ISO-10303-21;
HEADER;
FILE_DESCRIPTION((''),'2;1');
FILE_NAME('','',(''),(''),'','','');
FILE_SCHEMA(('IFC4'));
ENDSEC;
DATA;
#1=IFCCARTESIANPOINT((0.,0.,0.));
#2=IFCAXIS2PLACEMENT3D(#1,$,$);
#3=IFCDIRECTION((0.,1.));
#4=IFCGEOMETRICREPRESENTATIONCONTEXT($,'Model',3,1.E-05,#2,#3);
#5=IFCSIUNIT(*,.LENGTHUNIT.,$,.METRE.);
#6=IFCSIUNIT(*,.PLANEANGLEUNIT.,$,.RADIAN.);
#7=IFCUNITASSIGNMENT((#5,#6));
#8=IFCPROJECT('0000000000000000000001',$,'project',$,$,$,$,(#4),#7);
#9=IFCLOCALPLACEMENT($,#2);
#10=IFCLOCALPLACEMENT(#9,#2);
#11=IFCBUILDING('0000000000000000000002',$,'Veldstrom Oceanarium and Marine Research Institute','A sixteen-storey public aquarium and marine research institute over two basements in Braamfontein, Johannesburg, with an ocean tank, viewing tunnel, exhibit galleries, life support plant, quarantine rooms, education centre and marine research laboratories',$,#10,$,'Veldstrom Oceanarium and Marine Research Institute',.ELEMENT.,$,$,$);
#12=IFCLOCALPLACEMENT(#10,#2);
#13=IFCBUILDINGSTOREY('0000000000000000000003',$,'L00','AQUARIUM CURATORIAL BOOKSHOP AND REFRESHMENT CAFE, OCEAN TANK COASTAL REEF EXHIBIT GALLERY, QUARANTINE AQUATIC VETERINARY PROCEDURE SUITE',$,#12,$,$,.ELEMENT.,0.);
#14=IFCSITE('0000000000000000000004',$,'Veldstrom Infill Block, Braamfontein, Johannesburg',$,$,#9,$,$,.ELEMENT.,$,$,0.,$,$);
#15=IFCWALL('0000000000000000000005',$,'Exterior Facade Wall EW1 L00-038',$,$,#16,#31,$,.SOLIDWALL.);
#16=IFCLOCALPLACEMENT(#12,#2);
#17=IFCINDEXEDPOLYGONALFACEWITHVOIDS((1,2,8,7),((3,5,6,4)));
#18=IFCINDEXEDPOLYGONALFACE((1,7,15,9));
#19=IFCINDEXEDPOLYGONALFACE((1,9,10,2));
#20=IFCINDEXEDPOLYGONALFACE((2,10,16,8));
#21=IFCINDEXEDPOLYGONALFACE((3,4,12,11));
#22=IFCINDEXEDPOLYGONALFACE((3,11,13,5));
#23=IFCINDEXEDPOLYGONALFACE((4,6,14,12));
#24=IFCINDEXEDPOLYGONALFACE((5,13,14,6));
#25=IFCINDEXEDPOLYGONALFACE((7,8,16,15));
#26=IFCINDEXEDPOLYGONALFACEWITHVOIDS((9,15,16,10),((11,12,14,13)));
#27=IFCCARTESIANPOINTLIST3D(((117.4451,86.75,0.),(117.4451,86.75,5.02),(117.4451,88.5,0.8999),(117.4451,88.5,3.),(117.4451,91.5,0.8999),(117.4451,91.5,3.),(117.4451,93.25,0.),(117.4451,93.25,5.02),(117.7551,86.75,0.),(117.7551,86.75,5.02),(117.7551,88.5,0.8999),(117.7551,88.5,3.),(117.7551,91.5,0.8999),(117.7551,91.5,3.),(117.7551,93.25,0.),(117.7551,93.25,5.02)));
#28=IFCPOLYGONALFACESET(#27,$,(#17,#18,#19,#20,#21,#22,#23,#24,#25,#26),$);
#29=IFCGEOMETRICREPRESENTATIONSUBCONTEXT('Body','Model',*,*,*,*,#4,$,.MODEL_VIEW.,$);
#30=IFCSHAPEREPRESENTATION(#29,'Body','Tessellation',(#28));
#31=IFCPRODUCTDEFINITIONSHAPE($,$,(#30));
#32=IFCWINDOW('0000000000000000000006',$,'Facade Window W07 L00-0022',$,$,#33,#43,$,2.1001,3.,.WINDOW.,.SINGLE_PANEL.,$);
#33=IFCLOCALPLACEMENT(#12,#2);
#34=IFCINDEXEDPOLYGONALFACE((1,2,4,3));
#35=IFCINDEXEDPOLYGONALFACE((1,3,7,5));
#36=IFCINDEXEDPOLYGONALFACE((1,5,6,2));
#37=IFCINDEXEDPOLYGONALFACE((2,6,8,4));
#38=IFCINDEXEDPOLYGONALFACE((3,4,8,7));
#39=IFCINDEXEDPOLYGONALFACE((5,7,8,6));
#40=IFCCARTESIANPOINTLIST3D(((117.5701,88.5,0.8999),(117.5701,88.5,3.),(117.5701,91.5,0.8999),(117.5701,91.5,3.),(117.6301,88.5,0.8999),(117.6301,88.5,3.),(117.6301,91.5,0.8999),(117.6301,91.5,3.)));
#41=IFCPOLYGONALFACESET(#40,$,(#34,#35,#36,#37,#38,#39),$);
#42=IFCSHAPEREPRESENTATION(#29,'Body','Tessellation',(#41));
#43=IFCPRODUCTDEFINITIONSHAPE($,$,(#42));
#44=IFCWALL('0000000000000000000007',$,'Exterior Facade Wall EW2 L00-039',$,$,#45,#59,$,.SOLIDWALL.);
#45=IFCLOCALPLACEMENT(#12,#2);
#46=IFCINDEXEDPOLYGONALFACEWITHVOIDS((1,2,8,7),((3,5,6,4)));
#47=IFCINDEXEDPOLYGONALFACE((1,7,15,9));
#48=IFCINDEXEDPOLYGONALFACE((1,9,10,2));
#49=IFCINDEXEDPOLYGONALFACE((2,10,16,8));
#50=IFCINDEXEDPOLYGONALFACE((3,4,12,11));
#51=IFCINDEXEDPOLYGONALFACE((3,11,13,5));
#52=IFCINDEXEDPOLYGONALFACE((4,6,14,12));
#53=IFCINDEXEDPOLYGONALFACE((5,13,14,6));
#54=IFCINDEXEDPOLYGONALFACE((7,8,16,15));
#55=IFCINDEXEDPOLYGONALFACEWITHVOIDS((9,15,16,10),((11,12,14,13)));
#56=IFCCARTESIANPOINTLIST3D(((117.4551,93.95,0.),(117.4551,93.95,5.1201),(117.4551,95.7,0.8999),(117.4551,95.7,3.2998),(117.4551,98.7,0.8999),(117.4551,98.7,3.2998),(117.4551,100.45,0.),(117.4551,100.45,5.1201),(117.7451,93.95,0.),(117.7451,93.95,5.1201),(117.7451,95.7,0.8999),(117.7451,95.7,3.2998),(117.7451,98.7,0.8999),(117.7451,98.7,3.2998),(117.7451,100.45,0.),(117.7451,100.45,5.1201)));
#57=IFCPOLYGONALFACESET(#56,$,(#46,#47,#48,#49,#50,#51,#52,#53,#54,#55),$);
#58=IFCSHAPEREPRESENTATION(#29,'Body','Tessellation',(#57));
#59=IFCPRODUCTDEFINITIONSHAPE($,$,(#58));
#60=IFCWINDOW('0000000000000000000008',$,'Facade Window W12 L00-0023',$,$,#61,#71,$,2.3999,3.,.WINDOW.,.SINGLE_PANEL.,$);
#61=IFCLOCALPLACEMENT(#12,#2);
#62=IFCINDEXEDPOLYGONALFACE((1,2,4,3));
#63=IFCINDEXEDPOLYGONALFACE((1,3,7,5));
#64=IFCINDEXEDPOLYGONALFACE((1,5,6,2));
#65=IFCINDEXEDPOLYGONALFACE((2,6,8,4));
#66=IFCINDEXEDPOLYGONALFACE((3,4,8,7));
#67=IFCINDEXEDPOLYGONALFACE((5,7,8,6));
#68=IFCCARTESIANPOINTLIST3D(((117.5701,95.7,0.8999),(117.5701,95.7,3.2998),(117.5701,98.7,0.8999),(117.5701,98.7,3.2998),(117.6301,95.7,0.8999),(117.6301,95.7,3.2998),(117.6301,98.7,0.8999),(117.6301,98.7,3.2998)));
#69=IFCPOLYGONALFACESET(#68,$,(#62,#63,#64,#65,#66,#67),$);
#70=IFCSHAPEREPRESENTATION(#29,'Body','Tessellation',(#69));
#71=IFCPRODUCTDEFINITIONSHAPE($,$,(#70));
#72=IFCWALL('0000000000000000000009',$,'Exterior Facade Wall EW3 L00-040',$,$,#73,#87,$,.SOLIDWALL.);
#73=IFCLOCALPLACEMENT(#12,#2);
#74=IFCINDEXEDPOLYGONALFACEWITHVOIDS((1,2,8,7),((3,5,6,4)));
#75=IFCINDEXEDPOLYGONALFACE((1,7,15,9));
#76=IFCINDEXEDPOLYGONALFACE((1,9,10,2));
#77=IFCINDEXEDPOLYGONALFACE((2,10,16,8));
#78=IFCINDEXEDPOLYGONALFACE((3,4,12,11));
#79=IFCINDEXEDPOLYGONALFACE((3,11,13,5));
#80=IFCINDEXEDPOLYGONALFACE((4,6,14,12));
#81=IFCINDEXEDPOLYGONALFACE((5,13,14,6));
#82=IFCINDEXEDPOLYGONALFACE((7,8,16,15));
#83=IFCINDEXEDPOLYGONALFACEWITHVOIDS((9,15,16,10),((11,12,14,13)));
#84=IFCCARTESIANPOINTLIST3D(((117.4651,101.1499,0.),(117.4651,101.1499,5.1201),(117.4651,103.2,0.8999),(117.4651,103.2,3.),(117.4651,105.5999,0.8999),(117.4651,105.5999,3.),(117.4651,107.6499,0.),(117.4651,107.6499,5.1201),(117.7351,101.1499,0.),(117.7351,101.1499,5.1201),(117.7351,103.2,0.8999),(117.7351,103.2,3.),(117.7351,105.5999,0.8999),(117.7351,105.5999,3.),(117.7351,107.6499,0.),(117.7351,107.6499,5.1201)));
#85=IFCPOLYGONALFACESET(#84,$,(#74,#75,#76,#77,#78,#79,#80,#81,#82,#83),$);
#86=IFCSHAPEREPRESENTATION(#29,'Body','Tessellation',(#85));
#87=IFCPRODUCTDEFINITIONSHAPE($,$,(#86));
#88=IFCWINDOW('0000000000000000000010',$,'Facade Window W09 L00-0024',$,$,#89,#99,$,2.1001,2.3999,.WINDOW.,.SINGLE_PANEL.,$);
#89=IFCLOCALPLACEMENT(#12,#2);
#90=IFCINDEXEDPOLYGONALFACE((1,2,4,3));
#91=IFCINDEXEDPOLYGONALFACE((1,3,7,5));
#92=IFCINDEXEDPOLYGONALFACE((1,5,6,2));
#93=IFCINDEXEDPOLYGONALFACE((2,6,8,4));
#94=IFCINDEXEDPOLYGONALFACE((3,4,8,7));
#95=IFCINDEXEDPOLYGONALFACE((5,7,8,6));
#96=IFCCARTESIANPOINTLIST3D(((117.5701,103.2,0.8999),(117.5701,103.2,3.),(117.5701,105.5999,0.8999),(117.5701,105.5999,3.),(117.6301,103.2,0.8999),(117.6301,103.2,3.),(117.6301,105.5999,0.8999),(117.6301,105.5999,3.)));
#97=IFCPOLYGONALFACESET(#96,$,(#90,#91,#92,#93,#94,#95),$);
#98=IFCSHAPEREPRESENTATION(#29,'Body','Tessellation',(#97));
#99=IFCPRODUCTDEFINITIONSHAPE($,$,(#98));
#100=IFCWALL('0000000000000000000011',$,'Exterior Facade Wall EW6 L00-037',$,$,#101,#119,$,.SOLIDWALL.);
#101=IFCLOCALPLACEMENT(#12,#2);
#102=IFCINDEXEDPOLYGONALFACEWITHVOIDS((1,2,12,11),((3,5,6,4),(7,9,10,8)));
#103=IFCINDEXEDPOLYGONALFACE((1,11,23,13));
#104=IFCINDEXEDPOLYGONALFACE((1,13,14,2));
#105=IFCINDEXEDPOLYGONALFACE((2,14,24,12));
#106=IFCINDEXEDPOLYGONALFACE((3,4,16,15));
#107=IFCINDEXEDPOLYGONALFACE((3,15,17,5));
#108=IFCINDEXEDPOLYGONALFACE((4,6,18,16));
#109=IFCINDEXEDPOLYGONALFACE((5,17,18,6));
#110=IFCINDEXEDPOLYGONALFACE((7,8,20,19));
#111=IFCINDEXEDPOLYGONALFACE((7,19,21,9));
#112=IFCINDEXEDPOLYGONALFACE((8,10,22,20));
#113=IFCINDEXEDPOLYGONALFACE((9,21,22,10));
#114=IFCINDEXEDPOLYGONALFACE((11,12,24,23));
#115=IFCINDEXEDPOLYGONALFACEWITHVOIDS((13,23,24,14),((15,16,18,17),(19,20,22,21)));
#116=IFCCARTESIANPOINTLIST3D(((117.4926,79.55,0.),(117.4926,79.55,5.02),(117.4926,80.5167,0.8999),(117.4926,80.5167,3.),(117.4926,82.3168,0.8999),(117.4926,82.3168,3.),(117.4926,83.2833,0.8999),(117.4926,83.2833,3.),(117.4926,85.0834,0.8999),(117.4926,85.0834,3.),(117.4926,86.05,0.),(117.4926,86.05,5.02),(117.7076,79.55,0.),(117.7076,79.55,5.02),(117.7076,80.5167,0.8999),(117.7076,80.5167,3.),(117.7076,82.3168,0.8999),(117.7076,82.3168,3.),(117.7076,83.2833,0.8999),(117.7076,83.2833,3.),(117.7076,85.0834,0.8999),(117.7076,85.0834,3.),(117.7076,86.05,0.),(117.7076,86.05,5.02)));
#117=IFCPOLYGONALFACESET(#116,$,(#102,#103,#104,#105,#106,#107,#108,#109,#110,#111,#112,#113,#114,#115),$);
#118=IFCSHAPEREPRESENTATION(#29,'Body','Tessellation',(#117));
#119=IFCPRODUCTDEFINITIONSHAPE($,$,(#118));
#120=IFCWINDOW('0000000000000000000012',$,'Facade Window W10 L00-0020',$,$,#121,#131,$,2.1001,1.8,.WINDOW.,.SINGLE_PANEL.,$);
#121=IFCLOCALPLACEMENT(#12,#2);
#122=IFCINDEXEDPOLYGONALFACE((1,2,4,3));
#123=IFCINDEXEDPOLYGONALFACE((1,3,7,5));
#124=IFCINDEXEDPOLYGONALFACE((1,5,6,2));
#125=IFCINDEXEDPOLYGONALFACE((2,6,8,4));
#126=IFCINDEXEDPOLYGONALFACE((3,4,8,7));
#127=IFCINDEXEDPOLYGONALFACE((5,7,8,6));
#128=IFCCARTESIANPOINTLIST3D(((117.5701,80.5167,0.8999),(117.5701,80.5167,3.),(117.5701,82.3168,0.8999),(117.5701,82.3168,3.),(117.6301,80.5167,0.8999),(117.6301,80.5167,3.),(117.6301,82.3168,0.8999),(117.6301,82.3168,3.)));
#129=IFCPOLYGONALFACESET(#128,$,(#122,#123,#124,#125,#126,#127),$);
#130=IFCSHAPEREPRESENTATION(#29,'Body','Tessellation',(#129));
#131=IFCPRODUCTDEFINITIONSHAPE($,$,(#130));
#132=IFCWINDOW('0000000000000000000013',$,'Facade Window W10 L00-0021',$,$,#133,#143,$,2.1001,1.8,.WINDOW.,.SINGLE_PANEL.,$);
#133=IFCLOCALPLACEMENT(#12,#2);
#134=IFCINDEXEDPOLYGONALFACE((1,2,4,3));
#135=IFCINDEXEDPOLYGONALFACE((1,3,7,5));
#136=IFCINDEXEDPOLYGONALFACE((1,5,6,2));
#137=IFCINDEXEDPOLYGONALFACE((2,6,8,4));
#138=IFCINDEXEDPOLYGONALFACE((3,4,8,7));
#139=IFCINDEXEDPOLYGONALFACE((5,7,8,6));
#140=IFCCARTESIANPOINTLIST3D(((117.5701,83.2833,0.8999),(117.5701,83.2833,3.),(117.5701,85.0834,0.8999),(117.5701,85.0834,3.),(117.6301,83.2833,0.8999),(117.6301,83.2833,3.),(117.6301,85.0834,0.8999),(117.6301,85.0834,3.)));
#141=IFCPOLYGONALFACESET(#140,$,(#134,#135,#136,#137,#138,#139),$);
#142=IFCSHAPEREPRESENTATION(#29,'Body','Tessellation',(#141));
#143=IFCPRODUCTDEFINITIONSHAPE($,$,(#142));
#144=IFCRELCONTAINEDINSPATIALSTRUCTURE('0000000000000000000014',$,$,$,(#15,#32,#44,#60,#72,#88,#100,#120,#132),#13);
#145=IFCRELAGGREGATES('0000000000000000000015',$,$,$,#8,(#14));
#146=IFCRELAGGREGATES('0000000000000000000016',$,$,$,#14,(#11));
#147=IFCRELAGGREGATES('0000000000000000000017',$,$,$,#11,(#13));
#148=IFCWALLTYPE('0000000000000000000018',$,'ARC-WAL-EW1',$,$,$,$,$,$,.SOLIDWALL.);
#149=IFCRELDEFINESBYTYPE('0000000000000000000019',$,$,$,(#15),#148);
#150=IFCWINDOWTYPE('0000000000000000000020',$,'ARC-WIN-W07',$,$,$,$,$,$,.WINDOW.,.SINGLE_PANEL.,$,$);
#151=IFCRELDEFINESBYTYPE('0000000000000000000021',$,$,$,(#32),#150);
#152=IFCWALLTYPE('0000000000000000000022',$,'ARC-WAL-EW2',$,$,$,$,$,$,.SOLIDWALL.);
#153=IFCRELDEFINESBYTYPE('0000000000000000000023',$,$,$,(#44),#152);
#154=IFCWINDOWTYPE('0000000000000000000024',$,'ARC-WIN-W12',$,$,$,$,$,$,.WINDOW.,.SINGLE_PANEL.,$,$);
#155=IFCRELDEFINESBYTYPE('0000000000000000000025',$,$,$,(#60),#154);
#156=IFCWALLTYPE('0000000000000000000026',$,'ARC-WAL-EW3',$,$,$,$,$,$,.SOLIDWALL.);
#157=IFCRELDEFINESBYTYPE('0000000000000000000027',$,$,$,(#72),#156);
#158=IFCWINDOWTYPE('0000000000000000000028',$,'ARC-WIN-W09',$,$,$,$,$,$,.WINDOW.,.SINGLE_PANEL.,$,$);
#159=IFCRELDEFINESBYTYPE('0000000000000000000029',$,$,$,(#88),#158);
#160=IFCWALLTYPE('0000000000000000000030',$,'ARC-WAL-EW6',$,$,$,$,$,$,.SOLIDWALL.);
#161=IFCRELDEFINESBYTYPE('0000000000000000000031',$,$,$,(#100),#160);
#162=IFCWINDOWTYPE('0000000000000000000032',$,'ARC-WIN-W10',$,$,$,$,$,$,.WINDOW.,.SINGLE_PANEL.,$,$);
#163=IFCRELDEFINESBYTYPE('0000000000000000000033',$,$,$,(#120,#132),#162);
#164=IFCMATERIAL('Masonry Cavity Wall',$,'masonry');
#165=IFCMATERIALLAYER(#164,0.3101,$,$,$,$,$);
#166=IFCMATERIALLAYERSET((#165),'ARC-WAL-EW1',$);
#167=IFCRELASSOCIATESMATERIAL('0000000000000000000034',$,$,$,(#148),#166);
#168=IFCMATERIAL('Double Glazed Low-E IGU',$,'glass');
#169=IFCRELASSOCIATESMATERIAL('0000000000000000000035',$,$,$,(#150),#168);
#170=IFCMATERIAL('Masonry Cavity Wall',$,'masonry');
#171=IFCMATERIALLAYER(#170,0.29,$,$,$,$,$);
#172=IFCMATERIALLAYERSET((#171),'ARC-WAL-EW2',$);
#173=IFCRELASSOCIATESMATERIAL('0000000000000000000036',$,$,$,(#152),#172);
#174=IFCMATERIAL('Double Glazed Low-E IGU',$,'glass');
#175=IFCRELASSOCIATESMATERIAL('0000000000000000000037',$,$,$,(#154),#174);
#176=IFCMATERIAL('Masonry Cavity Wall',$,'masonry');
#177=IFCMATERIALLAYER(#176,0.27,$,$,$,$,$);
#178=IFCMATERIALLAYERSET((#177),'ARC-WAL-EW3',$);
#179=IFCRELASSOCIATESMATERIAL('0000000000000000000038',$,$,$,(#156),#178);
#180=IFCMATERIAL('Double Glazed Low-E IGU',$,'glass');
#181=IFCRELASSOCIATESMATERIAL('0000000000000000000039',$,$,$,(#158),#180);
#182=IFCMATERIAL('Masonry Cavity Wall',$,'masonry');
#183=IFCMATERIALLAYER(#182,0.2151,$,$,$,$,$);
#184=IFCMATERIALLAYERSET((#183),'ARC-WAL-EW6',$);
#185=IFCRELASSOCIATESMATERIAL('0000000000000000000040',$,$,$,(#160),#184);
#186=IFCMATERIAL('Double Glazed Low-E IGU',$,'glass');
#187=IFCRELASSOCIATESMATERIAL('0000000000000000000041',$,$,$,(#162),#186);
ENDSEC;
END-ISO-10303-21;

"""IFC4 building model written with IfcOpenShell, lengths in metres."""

from ifc_helpers import new_model, si_unit, direction, frame, frame_2d, origin, place, context, subcontext, project, spatial, rectangle, extrude, material, layer, layer_set, type_object, element, fill, save


model = new_model("IFC4")

# Units and contexts
model_context = context("Model", 3, precision=1e-05, world=origin(), true_north=direction((0.0, 1.0)))
body_context = subcontext(model_context, "Body", "Model", "MODEL_VIEW")
ifc_project = project(units=[si_unit("LENGTHUNIT", "METRE"), si_unit("PLANEANGLEUNIT", "RADIAN")], contexts=[model_context])

# Site, building, storey
site_placement = place(None, origin())
site = spatial("IfcSite", under=ifc_project, at=site_placement, Name="Veldstrom Infill Block, Braamfontein, Johannesburg", CompositionType="ELEMENT", RefElevation=0.0)
building_placement = place(site_placement, origin())
building = spatial("IfcBuilding", under=site, at=building_placement, Name="Veldstrom Oceanarium and Marine Research Institute", Description="A sixteen-storey public aquarium and marine research institute over two basements in Braamfontein, Johannesburg, with an ocean tank, viewing tunnel, exhibit galleries, life support plant, quarantine rooms, education centre and marine research laboratories", LongName="Veldstrom Oceanarium and Marine Research Institute", CompositionType="ELEMENT")
storey_placement = place(building_placement, origin())
storey = spatial("IfcBuildingStorey", under=building, at=storey_placement, Name="L00", Description="AQUARIUM CURATORIAL BOOKSHOP AND REFRESHMENT CAFE, OCEAN TANK COASTAL REEF EXHIBIT GALLERY, QUARANTINE AQUATIC VETERINARY PROCEDURE SUITE", CompositionType="ELEMENT", Elevation=0.0)

# Walls, openings, windows
ifc_material_1 = material(Name="Masonry Cavity Wall", Category="masonry")
ifc_layer_1 = layer(ifc_material_1, 0.3101)
ifc_layer_set_1 = layer_set([ifc_layer_1], Name="ARC-WAL-EW1")
wall_type_1 = type_object("IfcWallType", Name="ARC-WAL-EW1", PredefinedType="SOLIDWALL", material=ifc_layer_set_1)
wall_1_placement = place(storey_placement, frame((117.6001, 86.75, 0.0), z_axis=(0.0, 0.0, 1.0), x_axis=(0.0, 1.0, 0.0)))
wall_1 = element("IfcWall", 1, at=wall_1_placement, inside=storey, type_object=wall_type_1, Name="Exterior Facade Wall EW1 L00-038", PredefinedType="SOLIDWALL", context=body_context, shape_type="SweptSolid", body=[
    extrude(rectangle(XDim=6.5, YDim=0.3101, at=frame_2d((3.25, 0.0))), origin(), (0.0, 0.0, 1.0), 5.02),
])
opening_1_placement = place(wall_1_placement, frame((1.75, 0.0, 0.8999)))
opening_1 = element("IfcOpeningElement", 2, at=opening_1_placement, cuts=wall_1, PredefinedType="OPENING", context=body_context, shape_type="SweptSolid", body=[
    extrude(rectangle(XDim=3.0, YDim=2.1001, at=frame_2d((1.5, 1.05))), frame((0.0, 0.165, 0.0), z_axis=(0.0, -1.0, 0.0), x_axis=(1.0, 0.0, 0.0)), (0.0, 0.0, 1.0), 0.3301),
])
ifc_material_2 = material(Name="Double Glazed Low-E IGU", Category="glass")
window_type_1 = type_object("IfcWindowType", Name="ARC-WIN-W07", PartitioningType="SINGLE_PANEL", PredefinedType="WINDOW", material=ifc_material_2)
window_1_placement = place(opening_1_placement, origin())
window_1 = element("IfcWindow", 3, at=window_1_placement, inside=storey, type_object=window_type_1, Name="Facade Window W07 L00-0022", OverallHeight=2.1001, OverallWidth=3.0, PartitioningType="SINGLE_PANEL", PredefinedType="WINDOW", context=body_context, shape_type="SweptSolid", body=[
    extrude(rectangle(XDim=3.0, YDim=2.1001, at=frame_2d((1.5, 1.05))), frame((0.0, 0.03, 0.0), z_axis=(0.0, -1.0, 0.0), x_axis=(1.0, 0.0, 0.0)), (0.0, 0.0, 1.0), 0.0601),
])
fill(opening_1, window_1)
ifc_material_3 = material(Name="Masonry Cavity Wall", Category="masonry")
ifc_layer_2 = layer(ifc_material_3, 0.29)
ifc_layer_set_2 = layer_set([ifc_layer_2], Name="ARC-WAL-EW2")
wall_type_2 = type_object("IfcWallType", Name="ARC-WAL-EW2", PredefinedType="SOLIDWALL", material=ifc_layer_set_2)
wall_2_placement = place(storey_placement, frame((117.6001, 93.95, 0.0), z_axis=(0.0, 0.0, 1.0), x_axis=(0.0, 1.0, 0.0)))
wall_2 = element("IfcWall", 4, at=wall_2_placement, inside=storey, type_object=wall_type_2, Name="Exterior Facade Wall EW2 L00-039", PredefinedType="SOLIDWALL", context=body_context, shape_type="SweptSolid", body=[
    extrude(rectangle(XDim=6.5, YDim=0.29, at=frame_2d((3.25, 0.0))), origin(), (0.0, 0.0, 1.0), 5.1201),
])
opening_2_placement = place(wall_2_placement, frame((1.75, 0.0, 0.8999)))
opening_2 = element("IfcOpeningElement", 5, at=opening_2_placement, cuts=wall_2, PredefinedType="OPENING", context=body_context, shape_type="SweptSolid", body=[
    extrude(rectangle(XDim=3.0, YDim=2.3999, at=frame_2d((1.5, 1.2))), frame((0.0, 0.155, 0.0), z_axis=(0.0, -1.0, 0.0), x_axis=(1.0, 0.0, 0.0)), (0.0, 0.0, 1.0), 0.3101),
])
ifc_material_4 = material(Name="Double Glazed Low-E IGU", Category="glass")
window_type_2 = type_object("IfcWindowType", Name="ARC-WIN-W12", PartitioningType="SINGLE_PANEL", PredefinedType="WINDOW", material=ifc_material_4)
window_2_placement = place(opening_2_placement, origin())
window_2 = element("IfcWindow", 6, at=window_2_placement, inside=storey, type_object=window_type_2, Name="Facade Window W12 L00-0023", OverallHeight=2.3999, OverallWidth=3.0, PartitioningType="SINGLE_PANEL", PredefinedType="WINDOW", context=body_context, shape_type="SweptSolid", body=[
    extrude(rectangle(XDim=3.0, YDim=2.3999, at=frame_2d((1.5, 1.2))), frame((0.0, 0.03, 0.0), z_axis=(0.0, -1.0, 0.0), x_axis=(1.0, 0.0, 0.0)), (0.0, 0.0, 1.0), 0.0601),
])
fill(opening_2, window_2)
ifc_material_5 = material(Name="Masonry Cavity Wall", Category="masonry")
ifc_layer_3 = layer(ifc_material_5, 0.27)
ifc_layer_set_3 = layer_set([ifc_layer_3], Name="ARC-WAL-EW3")
wall_type_3 = type_object("IfcWallType", Name="ARC-WAL-EW3", PredefinedType="SOLIDWALL", material=ifc_layer_set_3)
wall_3_placement = place(storey_placement, frame((117.6001, 101.1499, 0.0), z_axis=(0.0, 0.0, 1.0), x_axis=(0.0, 1.0, 0.0)))
wall_3 = element("IfcWall", 7, at=wall_3_placement, inside=storey, type_object=wall_type_3, Name="Exterior Facade Wall EW3 L00-040", PredefinedType="SOLIDWALL", context=body_context, shape_type="SweptSolid", body=[
    extrude(rectangle(XDim=6.5, YDim=0.27, at=frame_2d((3.25, 0.0))), origin(), (0.0, 0.0, 1.0), 5.1201),
])
opening_3_placement = place(wall_3_placement, frame((2.05, 0.0, 0.8999)))
opening_3 = element("IfcOpeningElement", 8, at=opening_3_placement, cuts=wall_3, PredefinedType="OPENING", context=body_context, shape_type="SweptSolid", body=[
    extrude(rectangle(XDim=2.3999, YDim=2.1001, at=frame_2d((1.2, 1.05))), frame((0.0, 0.145, 0.0), z_axis=(0.0, -1.0, 0.0), x_axis=(1.0, 0.0, 0.0)), (0.0, 0.0, 1.0), 0.29),
])
ifc_material_6 = material(Name="Double Glazed Low-E IGU", Category="glass")
window_type_3 = type_object("IfcWindowType", Name="ARC-WIN-W09", PartitioningType="SINGLE_PANEL", PredefinedType="WINDOW", material=ifc_material_6)
window_3_placement = place(opening_3_placement, origin())
window_3 = element("IfcWindow", 9, at=window_3_placement, inside=storey, type_object=window_type_3, Name="Facade Window W09 L00-0024", OverallHeight=2.1001, OverallWidth=2.3999, PartitioningType="SINGLE_PANEL", PredefinedType="WINDOW", context=body_context, shape_type="SweptSolid", body=[
    extrude(rectangle(XDim=2.3999, YDim=2.1001, at=frame_2d((1.2, 1.05))), frame((0.0, 0.03, 0.0), z_axis=(0.0, -1.0, 0.0), x_axis=(1.0, 0.0, 0.0)), (0.0, 0.0, 1.0), 0.0601),
])
fill(opening_3, window_3)

# Wall, openings, windows
ifc_material_7 = material(Name="Masonry Cavity Wall", Category="masonry")
ifc_layer_4 = layer(ifc_material_7, 0.2151)
ifc_layer_set_4 = layer_set([ifc_layer_4], Name="ARC-WAL-EW6")
wall_type_4 = type_object("IfcWallType", Name="ARC-WAL-EW6", PredefinedType="SOLIDWALL", material=ifc_layer_set_4)
wall_4_placement = place(storey_placement, frame((117.6001, 79.55, 0.0), z_axis=(0.0, 0.0, 1.0), x_axis=(0.0, 1.0, 0.0)))
wall_4 = element("IfcWall", 10, at=wall_4_placement, inside=storey, type_object=wall_type_4, Name="Exterior Facade Wall EW6 L00-037", PredefinedType="SOLIDWALL", context=body_context, shape_type="SweptSolid", body=[
    extrude(rectangle(XDim=6.5, YDim=0.2151, at=frame_2d((3.25, 0.0))), origin(), (0.0, 0.0, 1.0), 5.02),
])
opening_4_placement = place(wall_4_placement, frame((0.9668, 0.0, 0.8999)))
opening_4 = element("IfcOpeningElement", 11, at=opening_4_placement, cuts=wall_4, PredefinedType="OPENING", context=body_context, shape_type="SweptSolid", body=[
    extrude(rectangle(XDim=1.8, YDim=2.1001, at=frame_2d((0.8999, 1.05))), frame((0.0, 0.1174, 0.0), z_axis=(0.0, -1.0, 0.0), x_axis=(1.0, 0.0, 0.0)), (0.0, 0.0, 1.0), 0.2351),
])
opening_5_placement = place(wall_4_placement, frame((3.7334, 0.0, 0.8999)))
opening_5 = element("IfcOpeningElement", 12, at=opening_5_placement, cuts=wall_4, PredefinedType="OPENING", context=body_context, shape_type="SweptSolid", body=[
    extrude(rectangle(XDim=1.8, YDim=2.1001, at=frame_2d((0.8999, 1.05))), frame((0.0, 0.1174, 0.0), z_axis=(0.0, -1.0, 0.0), x_axis=(1.0, 0.0, 0.0)), (0.0, 0.0, 1.0), 0.2351),
])
ifc_material_8 = material(Name="Double Glazed Low-E IGU", Category="glass")
window_type_4 = type_object("IfcWindowType", Name="ARC-WIN-W10", PartitioningType="SINGLE_PANEL", PredefinedType="WINDOW", material=ifc_material_8)
window_4_placement = place(opening_4_placement, origin())
window_4 = element("IfcWindow", 13, at=window_4_placement, inside=storey, type_object=window_type_4, Name="Facade Window W10 L00-0020", OverallHeight=2.1001, OverallWidth=1.8, PartitioningType="SINGLE_PANEL", PredefinedType="WINDOW", context=body_context, shape_type="SweptSolid", body=[
    extrude(rectangle(XDim=1.8, YDim=2.1001, at=frame_2d((0.8999, 1.05))), frame((0.0, 0.03, 0.0), z_axis=(0.0, -1.0, 0.0), x_axis=(1.0, 0.0, 0.0)), (0.0, 0.0, 1.0), 0.0601),
])
fill(opening_4, window_4)
window_5_placement = place(opening_5_placement, origin())
window_5 = element("IfcWindow", 14, at=window_5_placement, inside=storey, type_object=window_type_4, Name="Facade Window W10 L00-0021", OverallHeight=2.1001, OverallWidth=1.8, PartitioningType="SINGLE_PANEL", PredefinedType="WINDOW", context=body_context, shape_type="SweptSolid", body=[
    extrude(rectangle(XDim=1.8, YDim=2.1001, at=frame_2d((0.8999, 1.05))), frame((0.0, 0.03, 0.0), z_axis=(0.0, -1.0, 0.0), x_axis=(1.0, 0.0, 0.0)), (0.0, 0.0, 1.0), 0.0601),
])
fill(opening_5, window_5)

save(model, "model.ifc")
